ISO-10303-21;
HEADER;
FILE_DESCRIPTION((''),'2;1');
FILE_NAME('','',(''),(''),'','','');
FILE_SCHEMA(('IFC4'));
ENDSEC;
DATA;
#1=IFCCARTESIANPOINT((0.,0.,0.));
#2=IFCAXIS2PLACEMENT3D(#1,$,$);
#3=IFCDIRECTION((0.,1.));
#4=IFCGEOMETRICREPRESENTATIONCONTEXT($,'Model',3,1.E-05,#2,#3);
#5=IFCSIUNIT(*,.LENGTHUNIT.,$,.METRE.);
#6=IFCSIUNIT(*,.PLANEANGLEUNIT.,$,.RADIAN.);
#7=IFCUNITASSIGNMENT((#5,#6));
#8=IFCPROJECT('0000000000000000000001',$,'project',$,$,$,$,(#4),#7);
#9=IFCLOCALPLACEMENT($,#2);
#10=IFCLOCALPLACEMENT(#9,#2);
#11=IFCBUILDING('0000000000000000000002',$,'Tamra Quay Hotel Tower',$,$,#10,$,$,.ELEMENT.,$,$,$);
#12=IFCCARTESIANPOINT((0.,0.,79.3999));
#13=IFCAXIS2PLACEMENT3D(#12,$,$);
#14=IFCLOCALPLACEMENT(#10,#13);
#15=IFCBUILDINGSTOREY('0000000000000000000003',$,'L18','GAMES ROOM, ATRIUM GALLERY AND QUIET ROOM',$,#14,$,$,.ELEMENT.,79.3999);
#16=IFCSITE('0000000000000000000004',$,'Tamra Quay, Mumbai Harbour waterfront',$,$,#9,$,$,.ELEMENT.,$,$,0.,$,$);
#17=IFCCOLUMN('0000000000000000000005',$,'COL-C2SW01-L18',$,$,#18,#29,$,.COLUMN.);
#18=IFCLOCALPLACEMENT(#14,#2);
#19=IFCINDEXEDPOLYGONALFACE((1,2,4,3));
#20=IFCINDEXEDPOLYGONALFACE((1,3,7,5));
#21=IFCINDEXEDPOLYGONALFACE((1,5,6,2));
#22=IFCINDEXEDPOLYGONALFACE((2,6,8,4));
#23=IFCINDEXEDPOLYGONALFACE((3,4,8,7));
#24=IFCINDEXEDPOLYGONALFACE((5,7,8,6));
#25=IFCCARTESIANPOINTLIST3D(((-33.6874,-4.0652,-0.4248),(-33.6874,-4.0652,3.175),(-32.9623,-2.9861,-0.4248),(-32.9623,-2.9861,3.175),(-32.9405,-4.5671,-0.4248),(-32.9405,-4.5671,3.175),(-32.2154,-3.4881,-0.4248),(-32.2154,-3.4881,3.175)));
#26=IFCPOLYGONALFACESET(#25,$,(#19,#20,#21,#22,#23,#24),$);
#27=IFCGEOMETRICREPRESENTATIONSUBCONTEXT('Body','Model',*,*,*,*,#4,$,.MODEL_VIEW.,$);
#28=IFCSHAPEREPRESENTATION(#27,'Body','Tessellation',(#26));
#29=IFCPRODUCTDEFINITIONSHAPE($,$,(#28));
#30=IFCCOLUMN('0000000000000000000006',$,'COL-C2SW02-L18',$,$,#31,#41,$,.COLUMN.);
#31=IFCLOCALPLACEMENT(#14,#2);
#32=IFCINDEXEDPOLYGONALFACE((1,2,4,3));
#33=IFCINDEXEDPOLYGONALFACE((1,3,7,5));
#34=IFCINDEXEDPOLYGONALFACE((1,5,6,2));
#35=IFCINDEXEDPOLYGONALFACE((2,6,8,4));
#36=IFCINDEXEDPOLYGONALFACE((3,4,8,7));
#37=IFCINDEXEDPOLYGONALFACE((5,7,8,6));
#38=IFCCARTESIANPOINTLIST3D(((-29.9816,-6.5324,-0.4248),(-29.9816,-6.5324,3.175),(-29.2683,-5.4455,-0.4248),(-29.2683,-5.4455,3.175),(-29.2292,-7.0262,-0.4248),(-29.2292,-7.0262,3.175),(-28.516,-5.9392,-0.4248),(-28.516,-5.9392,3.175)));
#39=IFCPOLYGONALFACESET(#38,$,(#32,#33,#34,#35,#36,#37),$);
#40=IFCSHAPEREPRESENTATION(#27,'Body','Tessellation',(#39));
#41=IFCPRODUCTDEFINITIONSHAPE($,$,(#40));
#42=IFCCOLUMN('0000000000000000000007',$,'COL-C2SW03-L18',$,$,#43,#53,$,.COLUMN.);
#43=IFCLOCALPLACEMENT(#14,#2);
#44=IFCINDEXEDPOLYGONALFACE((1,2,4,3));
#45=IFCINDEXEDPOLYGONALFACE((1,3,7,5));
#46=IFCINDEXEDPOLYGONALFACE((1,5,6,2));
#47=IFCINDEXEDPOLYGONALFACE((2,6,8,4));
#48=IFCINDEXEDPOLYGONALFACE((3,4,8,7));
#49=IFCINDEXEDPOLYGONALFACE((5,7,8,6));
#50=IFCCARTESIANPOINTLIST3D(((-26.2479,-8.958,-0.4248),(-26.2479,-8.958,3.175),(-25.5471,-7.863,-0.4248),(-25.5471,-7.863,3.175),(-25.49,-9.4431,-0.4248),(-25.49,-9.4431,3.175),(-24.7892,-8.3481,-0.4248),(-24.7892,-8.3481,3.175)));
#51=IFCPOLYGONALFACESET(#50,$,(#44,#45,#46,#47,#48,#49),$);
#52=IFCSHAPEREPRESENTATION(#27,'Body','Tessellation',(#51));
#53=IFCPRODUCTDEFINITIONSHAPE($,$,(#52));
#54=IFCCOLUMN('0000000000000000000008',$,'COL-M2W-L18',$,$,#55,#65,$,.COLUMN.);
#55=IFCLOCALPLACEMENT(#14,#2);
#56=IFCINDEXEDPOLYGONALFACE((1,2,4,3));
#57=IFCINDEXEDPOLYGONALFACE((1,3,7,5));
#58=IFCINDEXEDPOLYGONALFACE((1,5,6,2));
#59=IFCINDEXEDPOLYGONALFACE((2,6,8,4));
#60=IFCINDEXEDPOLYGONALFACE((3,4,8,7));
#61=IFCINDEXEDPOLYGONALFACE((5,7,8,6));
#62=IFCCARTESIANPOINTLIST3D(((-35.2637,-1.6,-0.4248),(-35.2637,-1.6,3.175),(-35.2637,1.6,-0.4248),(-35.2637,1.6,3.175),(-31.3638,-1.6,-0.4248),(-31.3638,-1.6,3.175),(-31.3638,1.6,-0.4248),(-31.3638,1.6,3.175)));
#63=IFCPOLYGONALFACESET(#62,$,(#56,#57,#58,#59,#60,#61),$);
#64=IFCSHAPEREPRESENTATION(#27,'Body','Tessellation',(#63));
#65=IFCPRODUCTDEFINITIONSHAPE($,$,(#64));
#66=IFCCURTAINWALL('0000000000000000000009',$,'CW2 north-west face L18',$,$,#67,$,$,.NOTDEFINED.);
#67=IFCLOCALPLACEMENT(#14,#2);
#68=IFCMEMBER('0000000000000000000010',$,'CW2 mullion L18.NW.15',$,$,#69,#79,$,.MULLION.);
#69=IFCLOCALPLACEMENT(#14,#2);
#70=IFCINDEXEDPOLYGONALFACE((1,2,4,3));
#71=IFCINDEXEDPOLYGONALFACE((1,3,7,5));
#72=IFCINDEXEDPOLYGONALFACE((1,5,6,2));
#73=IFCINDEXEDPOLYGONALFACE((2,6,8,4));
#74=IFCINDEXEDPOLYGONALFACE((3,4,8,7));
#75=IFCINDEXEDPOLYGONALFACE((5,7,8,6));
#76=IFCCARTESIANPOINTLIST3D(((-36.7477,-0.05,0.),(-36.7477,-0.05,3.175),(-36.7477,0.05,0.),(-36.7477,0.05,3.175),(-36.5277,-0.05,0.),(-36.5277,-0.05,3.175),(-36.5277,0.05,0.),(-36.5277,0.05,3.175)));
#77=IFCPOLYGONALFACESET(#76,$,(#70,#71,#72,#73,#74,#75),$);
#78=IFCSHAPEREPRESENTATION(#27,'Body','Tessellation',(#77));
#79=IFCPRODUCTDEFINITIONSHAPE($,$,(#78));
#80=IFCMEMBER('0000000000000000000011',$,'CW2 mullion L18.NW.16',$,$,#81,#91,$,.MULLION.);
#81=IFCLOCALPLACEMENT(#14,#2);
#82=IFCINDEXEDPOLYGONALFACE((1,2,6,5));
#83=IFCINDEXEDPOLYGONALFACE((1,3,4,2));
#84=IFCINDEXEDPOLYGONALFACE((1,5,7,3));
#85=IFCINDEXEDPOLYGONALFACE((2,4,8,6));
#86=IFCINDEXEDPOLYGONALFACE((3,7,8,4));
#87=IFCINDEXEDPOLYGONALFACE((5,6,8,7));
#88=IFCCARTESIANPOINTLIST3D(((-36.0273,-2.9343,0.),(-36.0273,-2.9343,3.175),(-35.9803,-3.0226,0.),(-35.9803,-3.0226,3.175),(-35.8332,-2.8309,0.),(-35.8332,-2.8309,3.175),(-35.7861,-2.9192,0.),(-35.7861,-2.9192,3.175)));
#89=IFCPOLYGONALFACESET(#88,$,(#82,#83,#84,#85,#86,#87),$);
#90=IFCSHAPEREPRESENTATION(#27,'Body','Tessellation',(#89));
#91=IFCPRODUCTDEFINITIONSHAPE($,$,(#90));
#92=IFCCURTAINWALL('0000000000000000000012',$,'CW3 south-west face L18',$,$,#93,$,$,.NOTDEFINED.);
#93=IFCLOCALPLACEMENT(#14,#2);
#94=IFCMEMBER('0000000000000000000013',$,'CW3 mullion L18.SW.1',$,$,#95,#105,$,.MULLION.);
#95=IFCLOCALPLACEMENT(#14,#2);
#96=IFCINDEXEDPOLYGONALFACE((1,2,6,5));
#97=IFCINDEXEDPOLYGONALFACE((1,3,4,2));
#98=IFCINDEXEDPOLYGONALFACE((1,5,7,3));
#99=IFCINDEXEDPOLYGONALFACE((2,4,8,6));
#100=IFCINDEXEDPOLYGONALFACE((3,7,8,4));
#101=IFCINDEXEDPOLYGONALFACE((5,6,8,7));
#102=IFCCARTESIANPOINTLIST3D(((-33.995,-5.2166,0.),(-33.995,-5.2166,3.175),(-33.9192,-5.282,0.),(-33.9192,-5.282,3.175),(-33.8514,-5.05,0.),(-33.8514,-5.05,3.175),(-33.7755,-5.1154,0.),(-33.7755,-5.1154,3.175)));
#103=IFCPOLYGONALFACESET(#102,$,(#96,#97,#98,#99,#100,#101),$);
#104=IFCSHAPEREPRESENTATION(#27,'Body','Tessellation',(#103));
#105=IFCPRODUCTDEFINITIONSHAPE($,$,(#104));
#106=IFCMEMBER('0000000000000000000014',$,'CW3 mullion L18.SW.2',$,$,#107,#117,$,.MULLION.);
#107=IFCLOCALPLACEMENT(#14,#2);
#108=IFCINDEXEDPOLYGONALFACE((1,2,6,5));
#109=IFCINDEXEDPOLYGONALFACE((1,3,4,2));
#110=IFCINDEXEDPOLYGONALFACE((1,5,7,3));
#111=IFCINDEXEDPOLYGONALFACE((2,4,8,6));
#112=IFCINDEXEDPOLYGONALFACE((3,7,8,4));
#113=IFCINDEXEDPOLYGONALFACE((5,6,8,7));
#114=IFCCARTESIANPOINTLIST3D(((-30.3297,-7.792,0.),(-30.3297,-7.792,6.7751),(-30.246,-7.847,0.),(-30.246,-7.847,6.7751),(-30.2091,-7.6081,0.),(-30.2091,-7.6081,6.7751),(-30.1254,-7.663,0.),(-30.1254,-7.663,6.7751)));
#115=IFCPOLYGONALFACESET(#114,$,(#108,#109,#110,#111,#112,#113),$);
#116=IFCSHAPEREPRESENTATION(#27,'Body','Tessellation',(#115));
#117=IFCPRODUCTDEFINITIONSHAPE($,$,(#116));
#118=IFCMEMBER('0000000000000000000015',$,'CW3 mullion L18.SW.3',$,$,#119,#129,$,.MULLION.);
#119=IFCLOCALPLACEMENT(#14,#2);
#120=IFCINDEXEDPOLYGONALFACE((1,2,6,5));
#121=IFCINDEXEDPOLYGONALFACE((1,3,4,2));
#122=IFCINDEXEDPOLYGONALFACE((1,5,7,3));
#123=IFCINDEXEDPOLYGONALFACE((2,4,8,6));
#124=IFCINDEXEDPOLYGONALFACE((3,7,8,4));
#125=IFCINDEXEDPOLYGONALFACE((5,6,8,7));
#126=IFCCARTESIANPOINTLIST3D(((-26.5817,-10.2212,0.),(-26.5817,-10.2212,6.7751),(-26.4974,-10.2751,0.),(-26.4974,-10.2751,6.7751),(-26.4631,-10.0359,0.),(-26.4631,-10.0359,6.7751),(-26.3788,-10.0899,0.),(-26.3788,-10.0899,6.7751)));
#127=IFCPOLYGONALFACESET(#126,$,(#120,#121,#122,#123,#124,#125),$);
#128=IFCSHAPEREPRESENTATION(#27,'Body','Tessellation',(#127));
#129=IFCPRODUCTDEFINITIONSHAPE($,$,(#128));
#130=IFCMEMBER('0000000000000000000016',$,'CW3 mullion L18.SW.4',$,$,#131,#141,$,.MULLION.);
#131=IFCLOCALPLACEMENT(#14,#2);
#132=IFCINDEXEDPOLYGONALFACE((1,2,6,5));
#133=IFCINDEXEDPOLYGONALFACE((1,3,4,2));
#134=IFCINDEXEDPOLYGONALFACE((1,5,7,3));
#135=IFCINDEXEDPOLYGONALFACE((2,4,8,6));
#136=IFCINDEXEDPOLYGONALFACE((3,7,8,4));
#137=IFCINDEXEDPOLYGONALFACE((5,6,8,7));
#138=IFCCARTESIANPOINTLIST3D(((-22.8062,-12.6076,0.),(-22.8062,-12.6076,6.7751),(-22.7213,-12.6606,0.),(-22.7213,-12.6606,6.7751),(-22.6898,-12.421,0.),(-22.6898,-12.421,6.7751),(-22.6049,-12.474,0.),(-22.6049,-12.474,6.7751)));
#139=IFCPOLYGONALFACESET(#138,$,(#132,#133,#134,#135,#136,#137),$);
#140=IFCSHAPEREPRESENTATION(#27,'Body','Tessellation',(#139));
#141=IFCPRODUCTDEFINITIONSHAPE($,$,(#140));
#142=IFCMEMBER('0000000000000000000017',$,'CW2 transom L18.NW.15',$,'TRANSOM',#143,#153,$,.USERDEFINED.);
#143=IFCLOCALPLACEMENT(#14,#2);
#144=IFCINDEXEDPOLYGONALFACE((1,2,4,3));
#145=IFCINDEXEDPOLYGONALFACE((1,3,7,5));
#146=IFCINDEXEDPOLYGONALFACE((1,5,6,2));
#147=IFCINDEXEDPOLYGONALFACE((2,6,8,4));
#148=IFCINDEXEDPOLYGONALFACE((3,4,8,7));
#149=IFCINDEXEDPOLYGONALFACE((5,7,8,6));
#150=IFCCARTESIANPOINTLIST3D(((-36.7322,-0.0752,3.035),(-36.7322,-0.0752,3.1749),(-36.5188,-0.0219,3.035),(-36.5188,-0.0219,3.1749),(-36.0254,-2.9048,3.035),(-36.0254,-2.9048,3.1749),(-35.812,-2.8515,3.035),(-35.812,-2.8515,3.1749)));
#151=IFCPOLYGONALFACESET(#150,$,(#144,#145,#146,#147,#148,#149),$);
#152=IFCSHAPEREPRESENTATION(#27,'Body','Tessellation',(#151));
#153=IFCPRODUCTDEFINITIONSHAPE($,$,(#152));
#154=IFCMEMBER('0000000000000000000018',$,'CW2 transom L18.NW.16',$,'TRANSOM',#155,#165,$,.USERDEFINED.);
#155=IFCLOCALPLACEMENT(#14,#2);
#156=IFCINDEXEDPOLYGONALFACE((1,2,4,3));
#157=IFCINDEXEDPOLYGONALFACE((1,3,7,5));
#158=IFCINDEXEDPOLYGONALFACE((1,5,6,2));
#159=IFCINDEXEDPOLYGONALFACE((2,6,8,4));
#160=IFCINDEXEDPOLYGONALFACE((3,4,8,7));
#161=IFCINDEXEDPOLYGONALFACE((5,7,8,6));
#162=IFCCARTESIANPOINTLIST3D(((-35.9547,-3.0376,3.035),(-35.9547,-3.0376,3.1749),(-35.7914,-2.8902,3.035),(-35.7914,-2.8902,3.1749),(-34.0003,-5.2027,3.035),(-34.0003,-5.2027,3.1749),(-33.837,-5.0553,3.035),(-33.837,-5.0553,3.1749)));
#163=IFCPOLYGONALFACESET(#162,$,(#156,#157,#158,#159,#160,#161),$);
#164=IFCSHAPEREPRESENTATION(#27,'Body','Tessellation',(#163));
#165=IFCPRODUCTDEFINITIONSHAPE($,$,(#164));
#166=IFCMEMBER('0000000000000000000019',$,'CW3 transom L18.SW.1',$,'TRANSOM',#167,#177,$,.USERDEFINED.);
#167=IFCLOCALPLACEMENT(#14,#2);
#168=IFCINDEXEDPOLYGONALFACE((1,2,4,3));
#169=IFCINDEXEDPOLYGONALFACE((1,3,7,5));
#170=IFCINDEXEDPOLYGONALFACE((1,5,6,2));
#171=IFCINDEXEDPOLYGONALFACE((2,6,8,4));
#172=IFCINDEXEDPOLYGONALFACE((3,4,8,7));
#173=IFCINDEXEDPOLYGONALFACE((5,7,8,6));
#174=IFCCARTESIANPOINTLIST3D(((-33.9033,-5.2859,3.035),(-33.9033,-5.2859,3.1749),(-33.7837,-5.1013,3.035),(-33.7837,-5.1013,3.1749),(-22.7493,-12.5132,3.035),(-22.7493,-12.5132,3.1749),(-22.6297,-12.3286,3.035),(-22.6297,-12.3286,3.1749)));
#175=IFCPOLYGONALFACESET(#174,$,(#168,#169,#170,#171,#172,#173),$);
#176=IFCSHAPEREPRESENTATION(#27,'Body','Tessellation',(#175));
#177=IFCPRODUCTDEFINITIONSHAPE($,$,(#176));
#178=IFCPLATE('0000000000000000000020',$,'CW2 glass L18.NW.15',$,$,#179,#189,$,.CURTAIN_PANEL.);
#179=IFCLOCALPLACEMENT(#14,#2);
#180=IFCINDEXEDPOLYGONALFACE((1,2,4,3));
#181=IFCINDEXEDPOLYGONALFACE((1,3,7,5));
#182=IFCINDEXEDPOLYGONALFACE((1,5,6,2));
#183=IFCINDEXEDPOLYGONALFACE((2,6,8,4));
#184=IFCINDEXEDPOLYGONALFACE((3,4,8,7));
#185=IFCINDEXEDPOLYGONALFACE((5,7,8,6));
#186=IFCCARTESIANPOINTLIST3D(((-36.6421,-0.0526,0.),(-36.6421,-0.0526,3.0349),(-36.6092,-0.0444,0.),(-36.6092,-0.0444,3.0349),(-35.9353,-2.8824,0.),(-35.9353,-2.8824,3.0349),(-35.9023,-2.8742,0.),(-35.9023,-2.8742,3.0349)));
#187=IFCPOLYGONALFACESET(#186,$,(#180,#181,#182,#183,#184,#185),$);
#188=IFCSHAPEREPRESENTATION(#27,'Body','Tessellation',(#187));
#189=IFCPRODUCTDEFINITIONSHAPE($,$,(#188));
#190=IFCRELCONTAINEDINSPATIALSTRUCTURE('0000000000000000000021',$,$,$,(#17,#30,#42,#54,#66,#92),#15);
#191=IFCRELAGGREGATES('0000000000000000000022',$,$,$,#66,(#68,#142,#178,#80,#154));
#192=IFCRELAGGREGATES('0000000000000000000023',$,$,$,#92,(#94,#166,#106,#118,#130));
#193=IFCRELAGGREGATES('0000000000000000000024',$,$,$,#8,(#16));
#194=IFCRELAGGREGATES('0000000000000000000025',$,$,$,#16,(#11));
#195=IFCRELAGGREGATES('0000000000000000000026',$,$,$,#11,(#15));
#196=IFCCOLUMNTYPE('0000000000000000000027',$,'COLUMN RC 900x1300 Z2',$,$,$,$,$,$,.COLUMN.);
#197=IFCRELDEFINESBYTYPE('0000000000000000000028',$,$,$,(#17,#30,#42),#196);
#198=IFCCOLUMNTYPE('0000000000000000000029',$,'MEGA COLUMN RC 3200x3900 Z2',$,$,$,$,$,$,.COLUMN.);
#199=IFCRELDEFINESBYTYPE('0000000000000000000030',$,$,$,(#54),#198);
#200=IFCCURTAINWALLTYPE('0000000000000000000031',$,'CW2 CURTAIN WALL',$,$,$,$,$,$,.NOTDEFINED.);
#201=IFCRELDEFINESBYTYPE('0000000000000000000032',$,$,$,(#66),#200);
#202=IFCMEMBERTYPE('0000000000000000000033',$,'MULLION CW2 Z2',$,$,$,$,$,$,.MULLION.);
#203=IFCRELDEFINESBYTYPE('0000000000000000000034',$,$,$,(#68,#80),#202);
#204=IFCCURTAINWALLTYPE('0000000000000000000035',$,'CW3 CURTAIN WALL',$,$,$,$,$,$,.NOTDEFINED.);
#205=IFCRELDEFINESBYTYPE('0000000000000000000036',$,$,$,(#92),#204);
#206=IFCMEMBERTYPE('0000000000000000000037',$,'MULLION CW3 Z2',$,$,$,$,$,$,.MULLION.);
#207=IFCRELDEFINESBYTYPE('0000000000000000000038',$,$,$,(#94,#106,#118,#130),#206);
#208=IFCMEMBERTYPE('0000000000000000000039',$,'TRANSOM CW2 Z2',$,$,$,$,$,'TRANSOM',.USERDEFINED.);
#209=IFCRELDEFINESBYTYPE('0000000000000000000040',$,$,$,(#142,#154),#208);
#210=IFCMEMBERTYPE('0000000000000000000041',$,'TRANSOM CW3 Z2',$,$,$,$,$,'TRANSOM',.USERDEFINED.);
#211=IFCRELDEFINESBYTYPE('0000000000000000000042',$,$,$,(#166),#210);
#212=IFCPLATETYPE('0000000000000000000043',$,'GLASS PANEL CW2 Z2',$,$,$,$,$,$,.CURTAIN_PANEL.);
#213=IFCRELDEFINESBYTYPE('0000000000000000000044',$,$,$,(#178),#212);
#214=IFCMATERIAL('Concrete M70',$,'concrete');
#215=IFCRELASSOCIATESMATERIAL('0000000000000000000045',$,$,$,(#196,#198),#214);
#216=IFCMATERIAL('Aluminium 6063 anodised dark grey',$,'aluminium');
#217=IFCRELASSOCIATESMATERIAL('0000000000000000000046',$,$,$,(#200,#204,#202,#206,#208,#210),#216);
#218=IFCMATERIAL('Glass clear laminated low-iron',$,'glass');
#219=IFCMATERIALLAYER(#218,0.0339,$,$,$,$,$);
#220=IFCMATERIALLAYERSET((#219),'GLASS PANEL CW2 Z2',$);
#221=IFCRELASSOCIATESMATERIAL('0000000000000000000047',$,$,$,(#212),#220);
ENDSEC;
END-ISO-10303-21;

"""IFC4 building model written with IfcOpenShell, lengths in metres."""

from ifc_helpers import new_model, si_unit, direction, frame, origin, origin_2d, place, context, subcontext, project, spatial, rectangle, extrude, material, layer, layer_set, material_profile, profile_set, type_object, element, aggregate, save


model = new_model("IFC4")

# Units and contexts
model_context = context("Model", 3, precision=1e-05, world=origin(), true_north=direction((0.0, 1.0)))
body_context = subcontext(model_context, "Body", "Model", "MODEL_VIEW")
ifc_project = project(units=[si_unit("LENGTHUNIT", "METRE"), si_unit("PLANEANGLEUNIT", "RADIAN")], contexts=[model_context])

# Site, building, storey
site_placement = place(None, origin())
site = spatial("IfcSite", under=ifc_project, at=site_placement, Name="Tamra Quay, Mumbai Harbour waterfront", CompositionType="ELEMENT", RefElevation=0.0)
building_placement = place(site_placement, origin())
building = spatial("IfcBuilding", under=site, at=building_placement, Name="Tamra Quay Hotel Tower", CompositionType="ELEMENT")
storey_placement = place(building_placement, frame((0.0, 0.0, 79.3999)))
storey = spatial("IfcBuildingStorey", under=building, at=storey_placement, Name="L18", Description="GAMES ROOM, ATRIUM GALLERY AND QUIET ROOM", CompositionType="ELEMENT", Elevation=79.3999)

# Columns
ifc_material_1 = material(Name="Concrete M70", Category="concrete")
ifc_material_profile_1 = material_profile(ifc_material_1, rectangle(XDim=1.3, YDim=0.8999, at=origin_2d()), Name="COLUMN RC 900x1300 Z2")
ifc_profile_set_1 = profile_set([ifc_material_profile_1], Name="Concrete M70")
column_type_1 = type_object("IfcColumnType", Name="COLUMN RC 900x1300 Z2", PredefinedType="COLUMN", material=ifc_profile_set_1)
for number, where, z_axis, x_axis, name in (
    (1, (-32.9514, -3.7766, -0.4248), (0.0, 0.0, 1.0), (0.557767, 0.829998, 0.0), "COL-C2SW01-L18"),
    (2, (-29.2488, -6.2358, -0.4248), (0.0, 0.0, 1.0), (0.548641, 0.836058, 0.0), "COL-C2SW02-L18"),
    (3, (-25.5186, -8.6531, -0.4248), (0.0, 0.0, 1.0), (0.539065, 0.842264, 0.0), "COL-C2SW03-L18"),
):
    element("IfcColumn", number, at=place(storey_placement, frame(where, z_axis=z_axis, x_axis=x_axis)), inside=storey, type_object=column_type_1, Name=name, PredefinedType="COLUMN", context=body_context, shape_type="SweptSolid", body=[
        extrude(rectangle(XDim=1.3, YDim=0.8999, at=origin_2d()), origin(), (0.0, 0.0, 1.0), 3.5999),
    ])
ifc_material_profile_2 = material_profile(ifc_material_1, rectangle(XDim=3.8999, YDim=3.2, at=origin_2d()), Name="MEGA COLUMN RC 3200x3900 Z2")
ifc_profile_set_2 = profile_set([ifc_material_profile_2], Name="Concrete M70")
column_type_2 = type_object("IfcColumnType", Name="MEGA COLUMN RC 3200x3900 Z2", PredefinedType="COLUMN", material=ifc_profile_set_2)
column_placement = place(storey_placement, frame((-33.3137, 0.0, -0.4248), z_axis=(0.0, 0.0, 1.0), x_axis=(1.0, 0.0, 0.0)))
element("IfcColumn", 4, at=column_placement, inside=storey, type_object=column_type_2, Name="COL-M2W-L18", PredefinedType="COLUMN", context=body_context, shape_type="SweptSolid", body=[
    extrude(rectangle(XDim=3.8999, YDim=3.2, at=origin_2d()), origin(), (0.0, 0.0, 1.0), 3.5999),
])

# Curtain walls, members
ifc_material_2 = material(Name="Aluminium 6063 anodised dark grey", Category="aluminium")
curtain_wall_type_1 = type_object("IfcCurtainWallType", Name="CW2 CURTAIN WALL", PredefinedType="NOTDEFINED", material=ifc_material_2)
curtain_wall_1_placement = place(storey_placement, origin())
curtain_wall_1 = element("IfcCurtainWall", 5, at=curtain_wall_1_placement, inside=storey, type_object=curtain_wall_type_1, Name="CW2 north-west face L18", PredefinedType="NOTDEFINED")
ifc_material_profile_3 = material_profile(ifc_material_2, rectangle(XDim=0.22, YDim=0.1001, at=origin_2d()), Name="MULLION 100X220")
ifc_profile_set_3 = profile_set([ifc_material_profile_3], Name="Aluminium 6063 anodised dark grey")
member_type_1 = type_object("IfcMemberType", Name="MULLION CW2 Z2", PredefinedType="MULLION", material=ifc_profile_set_3)
member_1_placement = place(storey_placement, frame((-36.6377, 0.0, 0.0), z_axis=(0.0, 0.0, 1.0), x_axis=(-1.0, 0.0, 0.0)))
member_1 = element("IfcMember", 6, at=member_1_placement, type_object=member_type_1, Name="CW2 mullion L18.NW.15", PredefinedType="MULLION", context=body_context, shape_type="SweptSolid", body=[
    extrude(rectangle(XDim=0.22, YDim=0.1001, at=origin_2d()), origin(), (0.0, 0.0, 1.0), 3.175),
])
member_2_placement = place(storey_placement, frame((-35.9067, -2.9268, 0.0), z_axis=(0.0, 0.0, 1.0), x_axis=(-0.882544, -0.47023, 0.0)))
member_2 = element("IfcMember", 7, at=member_2_placement, type_object=member_type_1, Name="CW2 mullion L18.NW.16", PredefinedType="MULLION", context=body_context, shape_type="SweptSolid", body=[
    extrude(rectangle(XDim=0.22, YDim=0.1001, at=origin_2d()), origin(), (0.0, 0.0, 1.0), 3.175),
])
curtain_wall_type_2 = type_object("IfcCurtainWallType", Name="CW3 CURTAIN WALL", PredefinedType="NOTDEFINED", material=ifc_material_2)
curtain_wall_2_placement = place(storey_placement, origin())
curtain_wall_2 = element("IfcCurtainWall", 8, at=curtain_wall_2_placement, inside=storey, type_object=curtain_wall_type_2, Name="CW3 south-west face L18", PredefinedType="NOTDEFINED")
ifc_material_profile_4 = material_profile(ifc_material_2, rectangle(XDim=0.22, YDim=0.1001, at=origin_2d()), Name="MULLION 100X220")
ifc_profile_set_4 = profile_set([ifc_material_profile_4], Name="Aluminium 6063 anodised dark grey")
member_type_2 = type_object("IfcMemberType", Name="MULLION CW3 Z2", PredefinedType="MULLION", material=ifc_profile_set_4)
member_3_placement = place(storey_placement, frame((-33.8853, -5.166, 0.0), z_axis=(0.0, 0.0, 1.0), x_axis=(-0.652887, -0.757455, 0.0)))
member_3 = element("IfcMember", 9, at=member_3_placement, type_object=member_type_2, Name="CW3 mullion L18.SW.1", PredefinedType="MULLION", context=body_context, shape_type="SweptSolid", body=[
    extrude(rectangle(XDim=0.22, YDim=0.1001, at=origin_2d()), origin(), (0.0, 0.0, 1.0), 3.175),
])
member_4_placement = place(storey_placement, frame((-30.2275, -7.7275, 0.0), z_axis=(0.0, 0.0, 1.0), x_axis=(-0.548547, -0.836119, 0.0)))
member_4 = element("IfcMember", 10, at=member_4_placement, type_object=member_type_2, Name="CW3 mullion L18.SW.2", PredefinedType="MULLION", context=body_context, shape_type="SweptSolid", body=[
    extrude(rectangle(XDim=0.22, YDim=0.1001, at=origin_2d()), origin(), (0.0, 0.0, 1.0), 6.7751),
])
member_5_placement = place(storey_placement, frame((-26.4802, -10.1555, 0.0), z_axis=(0.0, 0.0, 1.0), x_axis=(-0.538998, -0.842307, 0.0)))
member_5 = element("IfcMember", 11, at=member_5_placement, type_object=member_type_2, Name="CW3 mullion L18.SW.3", PredefinedType="MULLION", context=body_context, shape_type="SweptSolid", body=[
    extrude(rectangle(XDim=0.22, YDim=0.1001, at=origin_2d()), origin(), (0.0, 0.0, 1.0), 6.7751),
])
member_6_placement = place(storey_placement, frame((-22.7056, -12.5408, 0.0), z_axis=(0.0, 0.0, 1.0), x_axis=(-0.529364, -0.848395, 0.0)))
member_6 = element("IfcMember", 12, at=member_6_placement, type_object=member_type_2, Name="CW3 mullion L18.SW.4", PredefinedType="MULLION", context=body_context, shape_type="SweptSolid", body=[
    extrude(rectangle(XDim=0.22, YDim=0.1001, at=origin_2d()), origin(), (0.0, 0.0, 1.0), 6.7751),
])

# Members
ifc_material_profile_5 = material_profile(ifc_material_2, rectangle(XDim=0.22, YDim=0.1399, at=origin_2d()), Name="TRANSOM 220X140")
ifc_profile_set_5 = profile_set([ifc_material_profile_5], Name="Aluminium 6063 anodised dark grey")
member_type_3 = type_object("IfcMemberType", Name="TRANSOM CW2 Z2", ElementType="TRANSOM", PredefinedType="USERDEFINED", material=ifc_profile_set_5)
member_7_placement = place(storey_placement, frame((-36.6255, -0.0486, 3.105), z_axis=(0.242339, -0.970192, 0.0), x_axis=(0.970192, 0.242339, 0.0)))
member_7 = element("IfcMember", 13, at=member_7_placement, type_object=member_type_3, Name="CW2 transom L18.NW.15", ObjectType="TRANSOM", PredefinedType="USERDEFINED", context=body_context, shape_type="SweptSolid", body=[
    extrude(rectangle(XDim=0.22, YDim=0.1399, at=origin_2d()), origin(), (0.0, 0.0, 1.0), 2.9165),
])
member_8_placement = place(storey_placement, frame((-35.873, -2.9639, 3.105), z_axis=(0.670065, -0.742303, 0.0), x_axis=(0.742303, 0.670065, 0.0)))
member_8 = element("IfcMember", 14, at=member_8_placement, type_object=member_type_3, Name="CW2 transom L18.NW.16", ObjectType="TRANSOM", PredefinedType="USERDEFINED", context=body_context, shape_type="SweptSolid", body=[
    extrude(rectangle(XDim=0.22, YDim=0.1399, at=origin_2d()), origin(), (0.0, 0.0, 1.0), 2.9167),
])
ifc_material_profile_6 = material_profile(ifc_material_2, rectangle(XDim=0.22, YDim=0.1399, at=origin_2d()), Name="TRANSOM 220X140")
ifc_profile_set_6 = profile_set([ifc_material_profile_6], Name="Aluminium 6063 anodised dark grey")
member_type_4 = type_object("IfcMemberType", Name="TRANSOM CW3 Z2", ElementType="TRANSOM", PredefinedType="USERDEFINED", material=ifc_profile_set_6)
member_9_placement = place(storey_placement, frame((-33.8435, -5.1936, 3.105), z_axis=(0.839228, -0.54378, 0.0), x_axis=(0.54378, 0.839228, 0.0)))
member_9 = element("IfcMember", 15, at=member_9_placement, type_object=member_type_4, Name="CW3 transom L18.SW.1", ObjectType="TRANSOM", PredefinedType="USERDEFINED", context=body_context, shape_type="SweptSolid", body=[
    extrude(rectangle(XDim=0.22, YDim=0.1399, at=origin_2d()), origin(), (0.0, 0.0, 1.0), 13.2908),
])

# Plate
ifc_material_3 = material(Name="Glass clear laminated low-iron", Category="glass")
ifc_layer_1 = layer(ifc_material_3, 0.0339)
ifc_layer_set_1 = layer_set([ifc_layer_1], Name="GLASS PANEL CW2 Z2")
plate_type_1 = type_object("IfcPlateType", Name="GLASS PANEL CW2 Z2", PredefinedType="CURTAIN_PANEL", material=ifc_layer_set_1)
plate_1_placement = place(storey_placement, frame((-36.2722, -1.4634, 0.0), z_axis=(0.0, 0.0, 1.0), x_axis=(0.242339, -0.970192, 0.0)))
plate_1 = element("IfcPlate", 16, at=plate_1_placement, type_object=plate_type_1, Name="CW2 glass L18.NW.15", PredefinedType="CURTAIN_PANEL", context=body_context, shape_type="SweptSolid", body=[
    extrude(rectangle(XDim=2.9167, YDim=0.0339, at=origin_2d()), origin(), (0.0, 0.0, 1.0), 3.0349),
])
aggregate(curtain_wall_1, [member_1, member_7, plate_1, member_2, member_8])
aggregate(curtain_wall_2, [member_3, member_9, member_4, member_5, member_6])

save(model, "model.ifc")
